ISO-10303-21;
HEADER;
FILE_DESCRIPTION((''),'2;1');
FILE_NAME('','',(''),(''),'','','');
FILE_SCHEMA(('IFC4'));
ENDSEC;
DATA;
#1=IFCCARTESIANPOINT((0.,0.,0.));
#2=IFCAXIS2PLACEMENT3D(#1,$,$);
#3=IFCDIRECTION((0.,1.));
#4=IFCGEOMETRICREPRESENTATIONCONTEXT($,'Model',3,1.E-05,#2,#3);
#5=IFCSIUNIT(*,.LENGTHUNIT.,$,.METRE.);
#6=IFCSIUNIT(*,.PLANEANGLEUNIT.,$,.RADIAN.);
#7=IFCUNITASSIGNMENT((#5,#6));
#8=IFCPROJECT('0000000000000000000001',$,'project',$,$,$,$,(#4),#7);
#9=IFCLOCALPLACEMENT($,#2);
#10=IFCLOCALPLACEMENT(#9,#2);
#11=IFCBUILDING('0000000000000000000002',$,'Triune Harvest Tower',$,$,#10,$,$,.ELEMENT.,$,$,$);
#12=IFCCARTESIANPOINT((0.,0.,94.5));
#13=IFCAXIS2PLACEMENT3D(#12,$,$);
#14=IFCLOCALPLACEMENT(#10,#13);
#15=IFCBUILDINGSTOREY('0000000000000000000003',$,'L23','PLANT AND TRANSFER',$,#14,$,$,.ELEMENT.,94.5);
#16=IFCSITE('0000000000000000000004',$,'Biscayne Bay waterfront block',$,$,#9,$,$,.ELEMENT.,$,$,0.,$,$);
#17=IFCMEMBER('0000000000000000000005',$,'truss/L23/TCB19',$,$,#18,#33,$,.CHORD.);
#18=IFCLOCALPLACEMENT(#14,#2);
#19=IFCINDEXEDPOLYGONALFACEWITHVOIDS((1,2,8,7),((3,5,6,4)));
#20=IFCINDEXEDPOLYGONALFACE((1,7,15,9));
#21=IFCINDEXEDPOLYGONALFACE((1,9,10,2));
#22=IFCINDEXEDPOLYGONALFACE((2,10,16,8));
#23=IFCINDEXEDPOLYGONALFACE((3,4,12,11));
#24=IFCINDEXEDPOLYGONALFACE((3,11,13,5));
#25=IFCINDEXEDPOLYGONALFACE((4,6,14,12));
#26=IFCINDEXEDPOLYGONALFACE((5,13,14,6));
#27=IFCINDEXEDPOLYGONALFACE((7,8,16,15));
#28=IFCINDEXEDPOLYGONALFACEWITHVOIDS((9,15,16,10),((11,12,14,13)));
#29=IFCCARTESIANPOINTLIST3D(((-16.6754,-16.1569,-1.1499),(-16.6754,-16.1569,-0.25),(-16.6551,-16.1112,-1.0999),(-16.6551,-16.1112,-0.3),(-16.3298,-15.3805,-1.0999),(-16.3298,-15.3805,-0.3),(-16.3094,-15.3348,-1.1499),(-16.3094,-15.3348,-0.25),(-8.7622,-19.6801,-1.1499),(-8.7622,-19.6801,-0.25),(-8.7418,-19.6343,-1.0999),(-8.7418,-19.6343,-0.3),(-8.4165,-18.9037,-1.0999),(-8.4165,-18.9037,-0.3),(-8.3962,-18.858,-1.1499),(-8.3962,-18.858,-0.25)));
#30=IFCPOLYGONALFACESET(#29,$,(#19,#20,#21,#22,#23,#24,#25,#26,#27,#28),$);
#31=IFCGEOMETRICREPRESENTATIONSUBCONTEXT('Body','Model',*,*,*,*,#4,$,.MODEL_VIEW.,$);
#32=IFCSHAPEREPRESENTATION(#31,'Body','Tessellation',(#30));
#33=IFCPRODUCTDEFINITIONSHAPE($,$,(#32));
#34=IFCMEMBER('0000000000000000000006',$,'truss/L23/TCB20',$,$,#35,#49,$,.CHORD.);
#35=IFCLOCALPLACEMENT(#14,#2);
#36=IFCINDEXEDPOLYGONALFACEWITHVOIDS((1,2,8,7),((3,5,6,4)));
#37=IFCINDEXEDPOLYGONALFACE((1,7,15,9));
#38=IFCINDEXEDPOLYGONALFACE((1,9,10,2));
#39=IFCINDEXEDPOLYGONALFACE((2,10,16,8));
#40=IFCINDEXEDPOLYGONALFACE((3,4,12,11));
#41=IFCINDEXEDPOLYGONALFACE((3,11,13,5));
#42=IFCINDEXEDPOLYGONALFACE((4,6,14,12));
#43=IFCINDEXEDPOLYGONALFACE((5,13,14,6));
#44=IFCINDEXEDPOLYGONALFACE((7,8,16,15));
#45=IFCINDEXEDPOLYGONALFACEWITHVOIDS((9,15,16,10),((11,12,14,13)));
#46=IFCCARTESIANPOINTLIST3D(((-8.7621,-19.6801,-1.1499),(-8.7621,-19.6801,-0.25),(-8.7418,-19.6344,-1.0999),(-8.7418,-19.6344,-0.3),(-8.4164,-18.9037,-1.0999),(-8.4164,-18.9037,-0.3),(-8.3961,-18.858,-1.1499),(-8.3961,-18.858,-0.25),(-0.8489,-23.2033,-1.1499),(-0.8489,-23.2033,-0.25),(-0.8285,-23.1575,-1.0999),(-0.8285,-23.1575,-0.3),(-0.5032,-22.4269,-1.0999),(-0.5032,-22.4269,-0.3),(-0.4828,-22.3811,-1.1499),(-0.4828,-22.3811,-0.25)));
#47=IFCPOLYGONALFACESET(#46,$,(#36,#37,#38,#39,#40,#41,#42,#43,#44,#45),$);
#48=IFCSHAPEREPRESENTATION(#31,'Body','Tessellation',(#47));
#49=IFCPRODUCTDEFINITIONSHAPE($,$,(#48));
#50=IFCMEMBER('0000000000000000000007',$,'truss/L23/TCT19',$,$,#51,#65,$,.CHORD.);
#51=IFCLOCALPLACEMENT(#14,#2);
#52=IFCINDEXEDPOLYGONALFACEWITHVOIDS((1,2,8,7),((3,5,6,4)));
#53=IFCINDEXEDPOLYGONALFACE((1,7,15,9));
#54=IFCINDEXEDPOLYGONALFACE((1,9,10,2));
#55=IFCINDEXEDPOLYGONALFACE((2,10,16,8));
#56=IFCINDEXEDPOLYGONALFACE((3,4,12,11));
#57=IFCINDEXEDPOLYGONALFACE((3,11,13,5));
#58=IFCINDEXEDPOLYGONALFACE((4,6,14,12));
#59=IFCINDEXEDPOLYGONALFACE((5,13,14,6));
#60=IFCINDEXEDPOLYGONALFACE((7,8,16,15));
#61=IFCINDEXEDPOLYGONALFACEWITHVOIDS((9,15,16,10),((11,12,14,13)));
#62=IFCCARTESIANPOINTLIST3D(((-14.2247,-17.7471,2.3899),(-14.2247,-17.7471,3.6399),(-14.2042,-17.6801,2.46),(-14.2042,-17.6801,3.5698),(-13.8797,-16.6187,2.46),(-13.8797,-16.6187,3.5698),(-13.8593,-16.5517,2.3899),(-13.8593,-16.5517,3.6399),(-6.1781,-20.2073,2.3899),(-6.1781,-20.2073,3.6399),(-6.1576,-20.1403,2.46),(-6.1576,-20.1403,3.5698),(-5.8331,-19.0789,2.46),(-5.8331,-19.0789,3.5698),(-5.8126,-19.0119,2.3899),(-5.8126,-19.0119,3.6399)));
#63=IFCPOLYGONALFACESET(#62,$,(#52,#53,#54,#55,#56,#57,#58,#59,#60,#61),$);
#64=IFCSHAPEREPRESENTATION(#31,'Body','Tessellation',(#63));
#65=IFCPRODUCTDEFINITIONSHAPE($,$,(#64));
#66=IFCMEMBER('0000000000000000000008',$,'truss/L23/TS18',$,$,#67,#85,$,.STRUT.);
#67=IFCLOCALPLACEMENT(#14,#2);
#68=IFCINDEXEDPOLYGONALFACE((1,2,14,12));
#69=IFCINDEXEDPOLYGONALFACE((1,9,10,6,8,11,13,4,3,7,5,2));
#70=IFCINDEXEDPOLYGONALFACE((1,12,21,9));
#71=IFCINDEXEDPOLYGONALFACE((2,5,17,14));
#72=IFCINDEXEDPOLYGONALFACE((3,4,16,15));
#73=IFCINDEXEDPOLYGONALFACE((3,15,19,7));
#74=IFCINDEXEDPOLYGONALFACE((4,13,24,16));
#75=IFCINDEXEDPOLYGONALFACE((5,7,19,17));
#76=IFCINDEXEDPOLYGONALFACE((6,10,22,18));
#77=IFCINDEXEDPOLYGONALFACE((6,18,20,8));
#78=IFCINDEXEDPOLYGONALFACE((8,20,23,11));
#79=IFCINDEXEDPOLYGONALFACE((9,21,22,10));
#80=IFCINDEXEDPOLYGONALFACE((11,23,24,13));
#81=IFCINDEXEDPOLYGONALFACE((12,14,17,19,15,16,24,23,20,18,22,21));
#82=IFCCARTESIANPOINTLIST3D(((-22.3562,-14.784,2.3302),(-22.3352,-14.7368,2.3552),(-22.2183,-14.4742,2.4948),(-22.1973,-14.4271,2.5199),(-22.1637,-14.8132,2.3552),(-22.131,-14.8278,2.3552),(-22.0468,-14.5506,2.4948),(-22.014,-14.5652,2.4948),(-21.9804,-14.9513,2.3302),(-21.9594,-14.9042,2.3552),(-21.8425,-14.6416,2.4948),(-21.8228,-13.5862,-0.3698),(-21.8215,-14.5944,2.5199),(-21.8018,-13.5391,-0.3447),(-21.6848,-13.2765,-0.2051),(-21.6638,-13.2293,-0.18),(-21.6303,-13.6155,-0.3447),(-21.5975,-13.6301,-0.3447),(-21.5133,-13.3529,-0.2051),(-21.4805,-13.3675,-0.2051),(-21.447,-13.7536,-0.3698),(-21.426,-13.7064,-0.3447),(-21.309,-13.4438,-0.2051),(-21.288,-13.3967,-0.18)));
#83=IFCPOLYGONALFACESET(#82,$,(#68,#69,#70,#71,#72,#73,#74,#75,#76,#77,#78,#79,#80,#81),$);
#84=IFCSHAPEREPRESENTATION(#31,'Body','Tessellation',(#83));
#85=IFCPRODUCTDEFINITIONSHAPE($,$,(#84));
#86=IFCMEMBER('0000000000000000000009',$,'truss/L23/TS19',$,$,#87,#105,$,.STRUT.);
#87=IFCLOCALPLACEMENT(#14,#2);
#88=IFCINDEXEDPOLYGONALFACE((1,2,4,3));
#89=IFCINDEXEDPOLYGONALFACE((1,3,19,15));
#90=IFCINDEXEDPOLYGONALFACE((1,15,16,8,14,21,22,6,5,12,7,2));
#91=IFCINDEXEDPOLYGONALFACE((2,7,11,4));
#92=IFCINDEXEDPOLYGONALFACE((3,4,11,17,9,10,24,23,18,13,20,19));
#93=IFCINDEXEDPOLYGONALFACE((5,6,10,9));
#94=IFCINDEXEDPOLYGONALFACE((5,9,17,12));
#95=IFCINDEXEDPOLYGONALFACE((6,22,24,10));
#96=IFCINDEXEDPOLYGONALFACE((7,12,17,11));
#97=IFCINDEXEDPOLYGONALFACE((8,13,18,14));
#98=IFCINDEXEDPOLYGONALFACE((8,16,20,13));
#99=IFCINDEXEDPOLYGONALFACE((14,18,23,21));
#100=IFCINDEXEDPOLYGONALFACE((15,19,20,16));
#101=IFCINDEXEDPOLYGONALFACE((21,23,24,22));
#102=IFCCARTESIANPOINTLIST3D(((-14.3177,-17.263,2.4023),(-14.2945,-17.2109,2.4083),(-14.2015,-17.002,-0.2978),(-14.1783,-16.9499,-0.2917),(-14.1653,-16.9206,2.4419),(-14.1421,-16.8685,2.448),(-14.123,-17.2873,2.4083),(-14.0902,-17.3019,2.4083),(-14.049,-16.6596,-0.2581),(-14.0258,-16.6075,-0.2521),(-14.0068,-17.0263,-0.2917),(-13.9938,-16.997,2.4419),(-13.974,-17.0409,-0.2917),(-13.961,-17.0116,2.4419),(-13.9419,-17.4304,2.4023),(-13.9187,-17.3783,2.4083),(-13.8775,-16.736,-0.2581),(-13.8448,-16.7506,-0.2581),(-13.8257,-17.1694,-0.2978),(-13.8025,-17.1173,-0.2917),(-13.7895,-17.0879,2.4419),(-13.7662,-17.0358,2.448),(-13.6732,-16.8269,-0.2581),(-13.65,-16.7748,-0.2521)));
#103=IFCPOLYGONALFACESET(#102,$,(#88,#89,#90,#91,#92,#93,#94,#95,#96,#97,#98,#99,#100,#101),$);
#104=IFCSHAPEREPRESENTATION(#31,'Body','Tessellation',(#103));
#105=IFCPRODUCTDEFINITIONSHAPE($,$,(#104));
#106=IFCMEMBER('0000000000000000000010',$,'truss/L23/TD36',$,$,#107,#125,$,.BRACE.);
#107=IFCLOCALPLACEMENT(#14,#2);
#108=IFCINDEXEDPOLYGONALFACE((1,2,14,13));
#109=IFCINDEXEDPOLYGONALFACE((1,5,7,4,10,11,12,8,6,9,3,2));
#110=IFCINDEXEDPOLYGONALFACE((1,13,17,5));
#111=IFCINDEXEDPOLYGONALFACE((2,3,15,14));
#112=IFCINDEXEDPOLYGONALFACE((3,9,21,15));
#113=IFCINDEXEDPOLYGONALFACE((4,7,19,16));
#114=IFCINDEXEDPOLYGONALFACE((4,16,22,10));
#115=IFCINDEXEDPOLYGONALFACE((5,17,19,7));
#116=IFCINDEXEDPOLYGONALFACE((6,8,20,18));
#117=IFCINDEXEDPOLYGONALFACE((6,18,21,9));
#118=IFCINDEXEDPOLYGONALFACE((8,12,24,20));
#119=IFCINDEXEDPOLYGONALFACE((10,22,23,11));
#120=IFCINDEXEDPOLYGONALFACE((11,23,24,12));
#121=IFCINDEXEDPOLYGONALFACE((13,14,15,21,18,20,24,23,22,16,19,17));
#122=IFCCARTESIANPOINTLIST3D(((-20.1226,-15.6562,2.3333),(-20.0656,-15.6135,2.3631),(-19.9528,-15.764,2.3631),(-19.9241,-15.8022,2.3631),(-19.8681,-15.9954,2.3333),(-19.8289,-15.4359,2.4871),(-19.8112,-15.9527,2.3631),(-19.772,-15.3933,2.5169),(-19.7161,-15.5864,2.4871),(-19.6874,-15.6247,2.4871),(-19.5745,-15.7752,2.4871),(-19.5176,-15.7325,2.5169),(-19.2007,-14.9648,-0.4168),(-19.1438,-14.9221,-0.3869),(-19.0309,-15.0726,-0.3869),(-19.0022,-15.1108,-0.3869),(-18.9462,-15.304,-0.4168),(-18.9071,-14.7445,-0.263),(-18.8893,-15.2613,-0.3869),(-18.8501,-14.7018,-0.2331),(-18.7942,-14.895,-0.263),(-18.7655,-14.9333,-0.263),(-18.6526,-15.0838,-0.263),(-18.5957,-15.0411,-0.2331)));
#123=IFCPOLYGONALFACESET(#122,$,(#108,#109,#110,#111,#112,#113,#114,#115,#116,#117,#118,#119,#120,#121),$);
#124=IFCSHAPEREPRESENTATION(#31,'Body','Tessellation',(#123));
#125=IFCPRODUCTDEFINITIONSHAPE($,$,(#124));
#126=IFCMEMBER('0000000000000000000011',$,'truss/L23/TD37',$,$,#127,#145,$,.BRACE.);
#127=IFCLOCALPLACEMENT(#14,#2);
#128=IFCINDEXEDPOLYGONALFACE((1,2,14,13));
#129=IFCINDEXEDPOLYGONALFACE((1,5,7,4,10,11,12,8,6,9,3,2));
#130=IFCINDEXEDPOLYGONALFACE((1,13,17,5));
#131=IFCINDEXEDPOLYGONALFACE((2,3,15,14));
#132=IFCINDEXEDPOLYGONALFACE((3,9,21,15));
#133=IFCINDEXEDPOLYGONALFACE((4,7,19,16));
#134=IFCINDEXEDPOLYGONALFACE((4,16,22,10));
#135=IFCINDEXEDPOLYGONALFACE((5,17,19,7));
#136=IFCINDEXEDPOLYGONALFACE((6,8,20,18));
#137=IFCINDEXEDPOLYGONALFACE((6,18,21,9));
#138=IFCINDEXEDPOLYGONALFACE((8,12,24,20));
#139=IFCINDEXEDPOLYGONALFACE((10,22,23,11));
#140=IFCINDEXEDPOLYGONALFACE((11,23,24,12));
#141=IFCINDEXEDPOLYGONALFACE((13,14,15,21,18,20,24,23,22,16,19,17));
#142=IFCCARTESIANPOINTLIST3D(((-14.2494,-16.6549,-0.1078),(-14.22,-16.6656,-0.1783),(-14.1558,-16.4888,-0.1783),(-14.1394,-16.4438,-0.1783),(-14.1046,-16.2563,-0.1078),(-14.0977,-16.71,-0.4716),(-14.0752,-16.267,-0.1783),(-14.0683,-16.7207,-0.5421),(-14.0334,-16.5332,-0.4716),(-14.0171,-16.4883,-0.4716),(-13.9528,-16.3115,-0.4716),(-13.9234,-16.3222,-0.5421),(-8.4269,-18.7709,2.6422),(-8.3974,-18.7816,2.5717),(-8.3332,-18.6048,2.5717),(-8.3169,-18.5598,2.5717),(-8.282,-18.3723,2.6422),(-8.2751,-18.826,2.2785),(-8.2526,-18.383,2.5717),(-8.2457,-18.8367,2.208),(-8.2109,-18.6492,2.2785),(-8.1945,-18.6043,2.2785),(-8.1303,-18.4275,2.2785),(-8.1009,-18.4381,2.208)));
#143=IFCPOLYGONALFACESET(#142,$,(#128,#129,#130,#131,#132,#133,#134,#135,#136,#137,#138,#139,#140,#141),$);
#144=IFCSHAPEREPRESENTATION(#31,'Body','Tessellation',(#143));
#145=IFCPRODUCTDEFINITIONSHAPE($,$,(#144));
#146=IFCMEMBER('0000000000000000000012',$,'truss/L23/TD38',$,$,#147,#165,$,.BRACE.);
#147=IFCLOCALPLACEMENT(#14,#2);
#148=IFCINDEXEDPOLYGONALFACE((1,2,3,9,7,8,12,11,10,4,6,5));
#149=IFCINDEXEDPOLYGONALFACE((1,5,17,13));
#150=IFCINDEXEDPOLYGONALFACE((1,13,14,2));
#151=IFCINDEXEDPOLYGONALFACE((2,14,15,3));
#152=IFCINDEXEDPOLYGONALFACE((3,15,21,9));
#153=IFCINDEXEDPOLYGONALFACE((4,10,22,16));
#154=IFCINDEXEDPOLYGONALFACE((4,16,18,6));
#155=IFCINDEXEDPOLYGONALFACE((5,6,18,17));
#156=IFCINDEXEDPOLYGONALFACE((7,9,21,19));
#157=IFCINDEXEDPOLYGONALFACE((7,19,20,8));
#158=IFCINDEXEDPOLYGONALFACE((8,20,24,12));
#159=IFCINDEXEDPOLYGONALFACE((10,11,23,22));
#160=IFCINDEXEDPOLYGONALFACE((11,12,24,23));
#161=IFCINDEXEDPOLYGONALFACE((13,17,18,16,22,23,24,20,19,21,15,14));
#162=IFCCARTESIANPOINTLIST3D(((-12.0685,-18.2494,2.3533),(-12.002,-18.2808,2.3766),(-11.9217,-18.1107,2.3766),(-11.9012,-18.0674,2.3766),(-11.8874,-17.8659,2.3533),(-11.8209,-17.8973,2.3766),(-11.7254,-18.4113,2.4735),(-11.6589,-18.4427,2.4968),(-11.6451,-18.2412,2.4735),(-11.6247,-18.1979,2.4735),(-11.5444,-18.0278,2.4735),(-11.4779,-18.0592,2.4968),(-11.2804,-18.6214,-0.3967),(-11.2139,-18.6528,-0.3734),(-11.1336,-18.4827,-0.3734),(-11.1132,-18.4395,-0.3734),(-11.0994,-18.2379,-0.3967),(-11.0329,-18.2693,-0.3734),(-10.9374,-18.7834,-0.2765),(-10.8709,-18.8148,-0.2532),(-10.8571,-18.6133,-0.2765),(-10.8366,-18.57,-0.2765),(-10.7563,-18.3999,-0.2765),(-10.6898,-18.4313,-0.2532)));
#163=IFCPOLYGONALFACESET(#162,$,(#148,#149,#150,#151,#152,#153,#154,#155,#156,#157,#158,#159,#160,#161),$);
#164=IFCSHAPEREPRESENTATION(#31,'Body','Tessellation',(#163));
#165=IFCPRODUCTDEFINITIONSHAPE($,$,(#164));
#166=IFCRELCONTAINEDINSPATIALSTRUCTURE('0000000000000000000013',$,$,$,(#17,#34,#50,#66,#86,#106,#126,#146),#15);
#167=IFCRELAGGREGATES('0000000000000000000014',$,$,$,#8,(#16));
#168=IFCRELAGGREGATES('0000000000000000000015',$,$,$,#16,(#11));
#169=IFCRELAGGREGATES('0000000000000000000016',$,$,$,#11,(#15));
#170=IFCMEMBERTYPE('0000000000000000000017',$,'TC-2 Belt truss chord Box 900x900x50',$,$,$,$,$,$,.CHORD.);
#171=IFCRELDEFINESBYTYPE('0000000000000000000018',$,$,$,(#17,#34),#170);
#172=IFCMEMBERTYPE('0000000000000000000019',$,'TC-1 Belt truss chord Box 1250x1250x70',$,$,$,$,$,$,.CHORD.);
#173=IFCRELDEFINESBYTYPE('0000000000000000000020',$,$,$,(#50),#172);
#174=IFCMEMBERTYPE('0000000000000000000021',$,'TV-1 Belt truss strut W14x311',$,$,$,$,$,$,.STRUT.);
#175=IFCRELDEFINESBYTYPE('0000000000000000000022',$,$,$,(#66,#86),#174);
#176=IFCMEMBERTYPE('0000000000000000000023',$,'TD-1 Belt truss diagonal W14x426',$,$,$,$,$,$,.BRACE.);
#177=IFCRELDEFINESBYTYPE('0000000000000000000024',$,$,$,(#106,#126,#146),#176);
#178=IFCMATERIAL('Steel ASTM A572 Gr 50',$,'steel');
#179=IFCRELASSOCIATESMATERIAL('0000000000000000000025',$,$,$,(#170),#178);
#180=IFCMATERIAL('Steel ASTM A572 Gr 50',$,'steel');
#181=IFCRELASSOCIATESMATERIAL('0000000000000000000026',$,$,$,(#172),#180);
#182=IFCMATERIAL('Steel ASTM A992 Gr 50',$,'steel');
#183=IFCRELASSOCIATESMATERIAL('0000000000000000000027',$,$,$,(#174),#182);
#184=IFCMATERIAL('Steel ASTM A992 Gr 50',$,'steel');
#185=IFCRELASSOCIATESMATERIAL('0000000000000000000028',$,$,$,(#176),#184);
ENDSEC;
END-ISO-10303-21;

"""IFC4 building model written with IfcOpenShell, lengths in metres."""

from ifc_helpers import new_model, si_unit, direction, frame, origin, origin_2d, place, context, subcontext, project, spatial, hollow_rectangle, i_section, extrude, source, transform, mapped, material, material_profile, profile_set, type_object, element, save


model = new_model("IFC4")

# Units and contexts
model_context = context("Model", 3, precision=1e-05, world=origin(), true_north=direction((0.0, 1.0)))
body_context = subcontext(model_context, "Body", "Model", "MODEL_VIEW")
ifc_project = project(units=[si_unit("LENGTHUNIT", "METRE"), si_unit("PLANEANGLEUNIT", "RADIAN")], contexts=[model_context])

# Site, building, storey
site_placement = place(None, origin())
site = spatial("IfcSite", under=ifc_project, at=site_placement, Name="Biscayne Bay waterfront block", CompositionType="ELEMENT", RefElevation=0.0)
building_placement = place(site_placement, origin())
building = spatial("IfcBuilding", under=site, at=building_placement, Name="Triune Harvest Tower", CompositionType="ELEMENT")
storey_placement = place(building_placement, frame((0.0, 0.0, 94.5)))
storey = spatial("IfcBuildingStorey", under=building, at=storey_placement, Name="L23", Description="PLANT AND TRANSFER", CompositionType="ELEMENT", Elevation=94.5)

# Members
ifc_material_1 = material(Name="Steel ASTM A572 Gr 50", Category="steel")
ifc_material_profile_1 = material_profile(ifc_material_1, hollow_rectangle(XDim=0.8999, YDim=0.8999, WallThickness=0.05, at=origin_2d()), Name="Box 900x900x50")
ifc_profile_set_1 = profile_set([ifc_material_profile_1], Name="Steel ASTM A572 Gr 50")
member_type_1 = type_object("IfcMemberType", Name="TC-2 Belt truss chord Box 900x900x50", PredefinedType="CHORD", material=ifc_profile_set_1)
shared_shape_1 = source(origin(), body_context, "Body", "SweptSolid", [
    extrude(hollow_rectangle(XDim=0.8999, YDim=0.8999, WallThickness=0.05, at=origin_2d()), origin(), (0.0, 0.0, 1.0), 8.6621),
])
for number, where, z_axis, x_axis, name in (
    (1, (-16.4924, -15.7458, -0.7), (0.913548, -0.406732, 0.0), (0.406732, 0.913548, 0.0), "truss/L23/TCB19"),
    (2, (-8.5791, -19.269, -0.7), (0.913548, -0.406732, 0.0), (0.406732, 0.913548, 0.0), "truss/L23/TCB20"),
):
    element("IfcMember", number, at=place(storey_placement, frame(where, z_axis=z_axis, x_axis=x_axis)), inside=storey, type_object=member_type_1, Name=name, PredefinedType="CHORD", context=body_context, shape_type="MappedRepresentation", body=[
        mapped(shared_shape_1, transform((0.0, 0.0, 0.0), scale=1.0)),
    ])
ifc_material_2 = material(Name="Steel ASTM A572 Gr 50", Category="steel")
ifc_material_profile_2 = material_profile(ifc_material_2, hollow_rectangle(XDim=1.25, YDim=1.25, WallThickness=0.0701, at=origin_2d()), Name="Box 1250x1250x70")
ifc_profile_set_2 = profile_set([ifc_material_profile_2], Name="Steel ASTM A572 Gr 50")
member_type_2 = type_object("IfcMemberType", Name="TC-1 Belt truss chord Box 1250x1250x70", PredefinedType="CHORD", material=ifc_profile_set_2)
shared_shape_2 = source(origin(), body_context, "Body", "SweptSolid", [
    extrude(hollow_rectangle(XDim=1.25, YDim=1.25, WallThickness=0.0701, at=origin_2d()), origin(), (0.0, 0.0, 1.0), 8.4143),
])
member_1_placement = place(storey_placement, frame((-14.042, -17.1494, 3.0149), z_axis=(0.956301, -0.292383, 0.0), x_axis=(0.292383, 0.956301, 0.0)))
element("IfcMember", 3, at=member_1_placement, inside=storey, type_object=member_type_2, Name="truss/L23/TCT19", PredefinedType="CHORD", context=body_context, shape_type="MappedRepresentation", body=[
    mapped(shared_shape_2, transform((0.0, 0.0, 0.0), scale=1.0)),
])
ifc_material_3 = material(Name="Steel ASTM A992 Gr 50", Category="steel")
ifc_material_profile_3 = material_profile(ifc_material_3, i_section(OverallWidth=0.4114, OverallDepth=0.4343, WebThickness=0.0359, FlangeThickness=0.0574, at=origin_2d()), Name="W14x311")
ifc_profile_set_3 = profile_set([ifc_material_profile_3], Name="Steel ASTM A992 Gr 50")
member_type_3 = type_object("IfcMemberType", Name="TV-1 Belt truss strut W14x311", PredefinedType="STRUT", material=ifc_profile_set_3)
shared_shape_3 = source(origin(), body_context, "Body", "SweptSolid", [
    extrude(i_section(OverallWidth=0.4114, OverallDepth=0.4343, WebThickness=0.0359, FlangeThickness=0.0574, at=origin_2d()), origin(), (0.0, 0.0, 1.0), 3.0015),
])
member_2_placement = place(storey_placement, frame((-21.5554, -13.4915, -0.2749), z_axis=(-0.177728, -0.399054, 0.899538), x_axis=(0.913496, -0.406847, 0.0)))
element("IfcMember", 4, at=member_2_placement, inside=storey, type_object=member_type_3, Name="truss/L23/TS18", PredefinedType="STRUT", context=body_context, shape_type="MappedRepresentation", body=[
    mapped(shared_shape_3, transform((0.0, 0.0, 0.0), scale=1.0)),
])
shared_shape_4 = source(origin(), body_context, "Body", "SweptSolid", [
    extrude(i_section(OverallWidth=0.4114, OverallDepth=0.4343, WebThickness=0.0359, FlangeThickness=0.0574, at=origin_2d()), origin(), (0.0, 0.0, 1.0), 2.7151),
])
member_3_placement = place(storey_placement, frame((-13.9258, -16.8884, -0.2749), z_axis=(-0.042803, -0.096127, 0.994448), x_axis=(0.913529, -0.406773, 0.0)))
element("IfcMember", 5, at=member_3_placement, inside=storey, type_object=member_type_3, Name="truss/L23/TS19", PredefinedType="STRUT", context=body_context, shape_type="MappedRepresentation", body=[
    mapped(shared_shape_4, transform((0.0, 0.0, 0.0), scale=1.0)),
])
ifc_material_4 = material(Name="Steel ASTM A992 Gr 50", Category="steel")
ifc_material_profile_4 = material_profile(ifc_material_4, i_section(OverallWidth=0.4241, OverallDepth=0.4751, WebThickness=0.0479, FlangeThickness=0.0771, at=origin_2d()), Name="W14x426")
ifc_profile_set_4 = profile_set([ifc_material_profile_4], Name="Steel ASTM A992 Gr 50")
member_type_4 = type_object("IfcMemberType", Name="TD-1 Belt truss diagonal W14x426", PredefinedType="BRACE", material=ifc_profile_set_4)
shared_shape_5 = source(origin(), body_context, "Body", "SweptSolid", [
    extrude(i_section(OverallWidth=0.4241, OverallDepth=0.4751, WebThickness=0.0479, FlangeThickness=0.0771, at=origin_2d()), origin(), (0.0, 0.0, 1.0), 2.9817),
])
member_4_placement = place(storey_placement, frame((-18.8982, -15.0029, -0.325), z_axis=(-0.30918, -0.231885, 0.9223), x_axis=(0.6, -0.8, 0.0)))
element("IfcMember", 6, at=member_4_placement, inside=storey, type_object=member_type_4, Name="truss/L23/TD36", PredefinedType="BRACE", context=body_context, shape_type="MappedRepresentation", body=[
    mapped(shared_shape_5, transform((0.0, 0.0, 0.0), scale=1.0)),
])
shared_shape_6 = source(origin(), body_context, "Body", "SweptSolid", [
    extrude(i_section(OverallWidth=0.4241, OverallDepth=0.4751, WebThickness=0.0479, FlangeThickness=0.0771, at=origin_2d()), origin(), (0.0, 0.0, 1.0), 6.7781),
])
member_5_placement = place(storey_placement, frame((-14.0864, -16.4885, -0.325), z_axis=(0.859029, -0.312181, 0.405724), x_axis=(0.341556, 0.939861, 0.0)))
element("IfcMember", 7, at=member_5_placement, inside=storey, type_object=member_type_4, Name="truss/L23/TD37", PredefinedType="BRACE", context=body_context, shape_type="MappedRepresentation", body=[
    mapped(shared_shape_6, transform((0.0, 0.0, 0.0), scale=1.0)),
])
shared_shape_7 = source(origin(), body_context, "Body", "SweptSolid", [
    extrude(i_section(OverallWidth=0.4241, OverallDepth=0.4751, WebThickness=0.0479, FlangeThickness=0.0771, at=origin_2d()), origin(), (0.0, 0.0, 1.0), 2.8848),
])
member_6_placement = place(storey_placement, frame((-10.9851, -18.5264, -0.325), z_axis=(-0.273187, 0.128977, 0.953275), x_axis=(-0.42693, -0.904285, 0.0)))
element("IfcMember", 8, at=member_6_placement, inside=storey, type_object=member_type_4, Name="truss/L23/TD38", PredefinedType="BRACE", context=body_context, shape_type="MappedRepresentation", body=[
    mapped(shared_shape_7, transform((0.0, 0.0, 0.0), scale=1.0)),
])

save(model, "model.ifc")
